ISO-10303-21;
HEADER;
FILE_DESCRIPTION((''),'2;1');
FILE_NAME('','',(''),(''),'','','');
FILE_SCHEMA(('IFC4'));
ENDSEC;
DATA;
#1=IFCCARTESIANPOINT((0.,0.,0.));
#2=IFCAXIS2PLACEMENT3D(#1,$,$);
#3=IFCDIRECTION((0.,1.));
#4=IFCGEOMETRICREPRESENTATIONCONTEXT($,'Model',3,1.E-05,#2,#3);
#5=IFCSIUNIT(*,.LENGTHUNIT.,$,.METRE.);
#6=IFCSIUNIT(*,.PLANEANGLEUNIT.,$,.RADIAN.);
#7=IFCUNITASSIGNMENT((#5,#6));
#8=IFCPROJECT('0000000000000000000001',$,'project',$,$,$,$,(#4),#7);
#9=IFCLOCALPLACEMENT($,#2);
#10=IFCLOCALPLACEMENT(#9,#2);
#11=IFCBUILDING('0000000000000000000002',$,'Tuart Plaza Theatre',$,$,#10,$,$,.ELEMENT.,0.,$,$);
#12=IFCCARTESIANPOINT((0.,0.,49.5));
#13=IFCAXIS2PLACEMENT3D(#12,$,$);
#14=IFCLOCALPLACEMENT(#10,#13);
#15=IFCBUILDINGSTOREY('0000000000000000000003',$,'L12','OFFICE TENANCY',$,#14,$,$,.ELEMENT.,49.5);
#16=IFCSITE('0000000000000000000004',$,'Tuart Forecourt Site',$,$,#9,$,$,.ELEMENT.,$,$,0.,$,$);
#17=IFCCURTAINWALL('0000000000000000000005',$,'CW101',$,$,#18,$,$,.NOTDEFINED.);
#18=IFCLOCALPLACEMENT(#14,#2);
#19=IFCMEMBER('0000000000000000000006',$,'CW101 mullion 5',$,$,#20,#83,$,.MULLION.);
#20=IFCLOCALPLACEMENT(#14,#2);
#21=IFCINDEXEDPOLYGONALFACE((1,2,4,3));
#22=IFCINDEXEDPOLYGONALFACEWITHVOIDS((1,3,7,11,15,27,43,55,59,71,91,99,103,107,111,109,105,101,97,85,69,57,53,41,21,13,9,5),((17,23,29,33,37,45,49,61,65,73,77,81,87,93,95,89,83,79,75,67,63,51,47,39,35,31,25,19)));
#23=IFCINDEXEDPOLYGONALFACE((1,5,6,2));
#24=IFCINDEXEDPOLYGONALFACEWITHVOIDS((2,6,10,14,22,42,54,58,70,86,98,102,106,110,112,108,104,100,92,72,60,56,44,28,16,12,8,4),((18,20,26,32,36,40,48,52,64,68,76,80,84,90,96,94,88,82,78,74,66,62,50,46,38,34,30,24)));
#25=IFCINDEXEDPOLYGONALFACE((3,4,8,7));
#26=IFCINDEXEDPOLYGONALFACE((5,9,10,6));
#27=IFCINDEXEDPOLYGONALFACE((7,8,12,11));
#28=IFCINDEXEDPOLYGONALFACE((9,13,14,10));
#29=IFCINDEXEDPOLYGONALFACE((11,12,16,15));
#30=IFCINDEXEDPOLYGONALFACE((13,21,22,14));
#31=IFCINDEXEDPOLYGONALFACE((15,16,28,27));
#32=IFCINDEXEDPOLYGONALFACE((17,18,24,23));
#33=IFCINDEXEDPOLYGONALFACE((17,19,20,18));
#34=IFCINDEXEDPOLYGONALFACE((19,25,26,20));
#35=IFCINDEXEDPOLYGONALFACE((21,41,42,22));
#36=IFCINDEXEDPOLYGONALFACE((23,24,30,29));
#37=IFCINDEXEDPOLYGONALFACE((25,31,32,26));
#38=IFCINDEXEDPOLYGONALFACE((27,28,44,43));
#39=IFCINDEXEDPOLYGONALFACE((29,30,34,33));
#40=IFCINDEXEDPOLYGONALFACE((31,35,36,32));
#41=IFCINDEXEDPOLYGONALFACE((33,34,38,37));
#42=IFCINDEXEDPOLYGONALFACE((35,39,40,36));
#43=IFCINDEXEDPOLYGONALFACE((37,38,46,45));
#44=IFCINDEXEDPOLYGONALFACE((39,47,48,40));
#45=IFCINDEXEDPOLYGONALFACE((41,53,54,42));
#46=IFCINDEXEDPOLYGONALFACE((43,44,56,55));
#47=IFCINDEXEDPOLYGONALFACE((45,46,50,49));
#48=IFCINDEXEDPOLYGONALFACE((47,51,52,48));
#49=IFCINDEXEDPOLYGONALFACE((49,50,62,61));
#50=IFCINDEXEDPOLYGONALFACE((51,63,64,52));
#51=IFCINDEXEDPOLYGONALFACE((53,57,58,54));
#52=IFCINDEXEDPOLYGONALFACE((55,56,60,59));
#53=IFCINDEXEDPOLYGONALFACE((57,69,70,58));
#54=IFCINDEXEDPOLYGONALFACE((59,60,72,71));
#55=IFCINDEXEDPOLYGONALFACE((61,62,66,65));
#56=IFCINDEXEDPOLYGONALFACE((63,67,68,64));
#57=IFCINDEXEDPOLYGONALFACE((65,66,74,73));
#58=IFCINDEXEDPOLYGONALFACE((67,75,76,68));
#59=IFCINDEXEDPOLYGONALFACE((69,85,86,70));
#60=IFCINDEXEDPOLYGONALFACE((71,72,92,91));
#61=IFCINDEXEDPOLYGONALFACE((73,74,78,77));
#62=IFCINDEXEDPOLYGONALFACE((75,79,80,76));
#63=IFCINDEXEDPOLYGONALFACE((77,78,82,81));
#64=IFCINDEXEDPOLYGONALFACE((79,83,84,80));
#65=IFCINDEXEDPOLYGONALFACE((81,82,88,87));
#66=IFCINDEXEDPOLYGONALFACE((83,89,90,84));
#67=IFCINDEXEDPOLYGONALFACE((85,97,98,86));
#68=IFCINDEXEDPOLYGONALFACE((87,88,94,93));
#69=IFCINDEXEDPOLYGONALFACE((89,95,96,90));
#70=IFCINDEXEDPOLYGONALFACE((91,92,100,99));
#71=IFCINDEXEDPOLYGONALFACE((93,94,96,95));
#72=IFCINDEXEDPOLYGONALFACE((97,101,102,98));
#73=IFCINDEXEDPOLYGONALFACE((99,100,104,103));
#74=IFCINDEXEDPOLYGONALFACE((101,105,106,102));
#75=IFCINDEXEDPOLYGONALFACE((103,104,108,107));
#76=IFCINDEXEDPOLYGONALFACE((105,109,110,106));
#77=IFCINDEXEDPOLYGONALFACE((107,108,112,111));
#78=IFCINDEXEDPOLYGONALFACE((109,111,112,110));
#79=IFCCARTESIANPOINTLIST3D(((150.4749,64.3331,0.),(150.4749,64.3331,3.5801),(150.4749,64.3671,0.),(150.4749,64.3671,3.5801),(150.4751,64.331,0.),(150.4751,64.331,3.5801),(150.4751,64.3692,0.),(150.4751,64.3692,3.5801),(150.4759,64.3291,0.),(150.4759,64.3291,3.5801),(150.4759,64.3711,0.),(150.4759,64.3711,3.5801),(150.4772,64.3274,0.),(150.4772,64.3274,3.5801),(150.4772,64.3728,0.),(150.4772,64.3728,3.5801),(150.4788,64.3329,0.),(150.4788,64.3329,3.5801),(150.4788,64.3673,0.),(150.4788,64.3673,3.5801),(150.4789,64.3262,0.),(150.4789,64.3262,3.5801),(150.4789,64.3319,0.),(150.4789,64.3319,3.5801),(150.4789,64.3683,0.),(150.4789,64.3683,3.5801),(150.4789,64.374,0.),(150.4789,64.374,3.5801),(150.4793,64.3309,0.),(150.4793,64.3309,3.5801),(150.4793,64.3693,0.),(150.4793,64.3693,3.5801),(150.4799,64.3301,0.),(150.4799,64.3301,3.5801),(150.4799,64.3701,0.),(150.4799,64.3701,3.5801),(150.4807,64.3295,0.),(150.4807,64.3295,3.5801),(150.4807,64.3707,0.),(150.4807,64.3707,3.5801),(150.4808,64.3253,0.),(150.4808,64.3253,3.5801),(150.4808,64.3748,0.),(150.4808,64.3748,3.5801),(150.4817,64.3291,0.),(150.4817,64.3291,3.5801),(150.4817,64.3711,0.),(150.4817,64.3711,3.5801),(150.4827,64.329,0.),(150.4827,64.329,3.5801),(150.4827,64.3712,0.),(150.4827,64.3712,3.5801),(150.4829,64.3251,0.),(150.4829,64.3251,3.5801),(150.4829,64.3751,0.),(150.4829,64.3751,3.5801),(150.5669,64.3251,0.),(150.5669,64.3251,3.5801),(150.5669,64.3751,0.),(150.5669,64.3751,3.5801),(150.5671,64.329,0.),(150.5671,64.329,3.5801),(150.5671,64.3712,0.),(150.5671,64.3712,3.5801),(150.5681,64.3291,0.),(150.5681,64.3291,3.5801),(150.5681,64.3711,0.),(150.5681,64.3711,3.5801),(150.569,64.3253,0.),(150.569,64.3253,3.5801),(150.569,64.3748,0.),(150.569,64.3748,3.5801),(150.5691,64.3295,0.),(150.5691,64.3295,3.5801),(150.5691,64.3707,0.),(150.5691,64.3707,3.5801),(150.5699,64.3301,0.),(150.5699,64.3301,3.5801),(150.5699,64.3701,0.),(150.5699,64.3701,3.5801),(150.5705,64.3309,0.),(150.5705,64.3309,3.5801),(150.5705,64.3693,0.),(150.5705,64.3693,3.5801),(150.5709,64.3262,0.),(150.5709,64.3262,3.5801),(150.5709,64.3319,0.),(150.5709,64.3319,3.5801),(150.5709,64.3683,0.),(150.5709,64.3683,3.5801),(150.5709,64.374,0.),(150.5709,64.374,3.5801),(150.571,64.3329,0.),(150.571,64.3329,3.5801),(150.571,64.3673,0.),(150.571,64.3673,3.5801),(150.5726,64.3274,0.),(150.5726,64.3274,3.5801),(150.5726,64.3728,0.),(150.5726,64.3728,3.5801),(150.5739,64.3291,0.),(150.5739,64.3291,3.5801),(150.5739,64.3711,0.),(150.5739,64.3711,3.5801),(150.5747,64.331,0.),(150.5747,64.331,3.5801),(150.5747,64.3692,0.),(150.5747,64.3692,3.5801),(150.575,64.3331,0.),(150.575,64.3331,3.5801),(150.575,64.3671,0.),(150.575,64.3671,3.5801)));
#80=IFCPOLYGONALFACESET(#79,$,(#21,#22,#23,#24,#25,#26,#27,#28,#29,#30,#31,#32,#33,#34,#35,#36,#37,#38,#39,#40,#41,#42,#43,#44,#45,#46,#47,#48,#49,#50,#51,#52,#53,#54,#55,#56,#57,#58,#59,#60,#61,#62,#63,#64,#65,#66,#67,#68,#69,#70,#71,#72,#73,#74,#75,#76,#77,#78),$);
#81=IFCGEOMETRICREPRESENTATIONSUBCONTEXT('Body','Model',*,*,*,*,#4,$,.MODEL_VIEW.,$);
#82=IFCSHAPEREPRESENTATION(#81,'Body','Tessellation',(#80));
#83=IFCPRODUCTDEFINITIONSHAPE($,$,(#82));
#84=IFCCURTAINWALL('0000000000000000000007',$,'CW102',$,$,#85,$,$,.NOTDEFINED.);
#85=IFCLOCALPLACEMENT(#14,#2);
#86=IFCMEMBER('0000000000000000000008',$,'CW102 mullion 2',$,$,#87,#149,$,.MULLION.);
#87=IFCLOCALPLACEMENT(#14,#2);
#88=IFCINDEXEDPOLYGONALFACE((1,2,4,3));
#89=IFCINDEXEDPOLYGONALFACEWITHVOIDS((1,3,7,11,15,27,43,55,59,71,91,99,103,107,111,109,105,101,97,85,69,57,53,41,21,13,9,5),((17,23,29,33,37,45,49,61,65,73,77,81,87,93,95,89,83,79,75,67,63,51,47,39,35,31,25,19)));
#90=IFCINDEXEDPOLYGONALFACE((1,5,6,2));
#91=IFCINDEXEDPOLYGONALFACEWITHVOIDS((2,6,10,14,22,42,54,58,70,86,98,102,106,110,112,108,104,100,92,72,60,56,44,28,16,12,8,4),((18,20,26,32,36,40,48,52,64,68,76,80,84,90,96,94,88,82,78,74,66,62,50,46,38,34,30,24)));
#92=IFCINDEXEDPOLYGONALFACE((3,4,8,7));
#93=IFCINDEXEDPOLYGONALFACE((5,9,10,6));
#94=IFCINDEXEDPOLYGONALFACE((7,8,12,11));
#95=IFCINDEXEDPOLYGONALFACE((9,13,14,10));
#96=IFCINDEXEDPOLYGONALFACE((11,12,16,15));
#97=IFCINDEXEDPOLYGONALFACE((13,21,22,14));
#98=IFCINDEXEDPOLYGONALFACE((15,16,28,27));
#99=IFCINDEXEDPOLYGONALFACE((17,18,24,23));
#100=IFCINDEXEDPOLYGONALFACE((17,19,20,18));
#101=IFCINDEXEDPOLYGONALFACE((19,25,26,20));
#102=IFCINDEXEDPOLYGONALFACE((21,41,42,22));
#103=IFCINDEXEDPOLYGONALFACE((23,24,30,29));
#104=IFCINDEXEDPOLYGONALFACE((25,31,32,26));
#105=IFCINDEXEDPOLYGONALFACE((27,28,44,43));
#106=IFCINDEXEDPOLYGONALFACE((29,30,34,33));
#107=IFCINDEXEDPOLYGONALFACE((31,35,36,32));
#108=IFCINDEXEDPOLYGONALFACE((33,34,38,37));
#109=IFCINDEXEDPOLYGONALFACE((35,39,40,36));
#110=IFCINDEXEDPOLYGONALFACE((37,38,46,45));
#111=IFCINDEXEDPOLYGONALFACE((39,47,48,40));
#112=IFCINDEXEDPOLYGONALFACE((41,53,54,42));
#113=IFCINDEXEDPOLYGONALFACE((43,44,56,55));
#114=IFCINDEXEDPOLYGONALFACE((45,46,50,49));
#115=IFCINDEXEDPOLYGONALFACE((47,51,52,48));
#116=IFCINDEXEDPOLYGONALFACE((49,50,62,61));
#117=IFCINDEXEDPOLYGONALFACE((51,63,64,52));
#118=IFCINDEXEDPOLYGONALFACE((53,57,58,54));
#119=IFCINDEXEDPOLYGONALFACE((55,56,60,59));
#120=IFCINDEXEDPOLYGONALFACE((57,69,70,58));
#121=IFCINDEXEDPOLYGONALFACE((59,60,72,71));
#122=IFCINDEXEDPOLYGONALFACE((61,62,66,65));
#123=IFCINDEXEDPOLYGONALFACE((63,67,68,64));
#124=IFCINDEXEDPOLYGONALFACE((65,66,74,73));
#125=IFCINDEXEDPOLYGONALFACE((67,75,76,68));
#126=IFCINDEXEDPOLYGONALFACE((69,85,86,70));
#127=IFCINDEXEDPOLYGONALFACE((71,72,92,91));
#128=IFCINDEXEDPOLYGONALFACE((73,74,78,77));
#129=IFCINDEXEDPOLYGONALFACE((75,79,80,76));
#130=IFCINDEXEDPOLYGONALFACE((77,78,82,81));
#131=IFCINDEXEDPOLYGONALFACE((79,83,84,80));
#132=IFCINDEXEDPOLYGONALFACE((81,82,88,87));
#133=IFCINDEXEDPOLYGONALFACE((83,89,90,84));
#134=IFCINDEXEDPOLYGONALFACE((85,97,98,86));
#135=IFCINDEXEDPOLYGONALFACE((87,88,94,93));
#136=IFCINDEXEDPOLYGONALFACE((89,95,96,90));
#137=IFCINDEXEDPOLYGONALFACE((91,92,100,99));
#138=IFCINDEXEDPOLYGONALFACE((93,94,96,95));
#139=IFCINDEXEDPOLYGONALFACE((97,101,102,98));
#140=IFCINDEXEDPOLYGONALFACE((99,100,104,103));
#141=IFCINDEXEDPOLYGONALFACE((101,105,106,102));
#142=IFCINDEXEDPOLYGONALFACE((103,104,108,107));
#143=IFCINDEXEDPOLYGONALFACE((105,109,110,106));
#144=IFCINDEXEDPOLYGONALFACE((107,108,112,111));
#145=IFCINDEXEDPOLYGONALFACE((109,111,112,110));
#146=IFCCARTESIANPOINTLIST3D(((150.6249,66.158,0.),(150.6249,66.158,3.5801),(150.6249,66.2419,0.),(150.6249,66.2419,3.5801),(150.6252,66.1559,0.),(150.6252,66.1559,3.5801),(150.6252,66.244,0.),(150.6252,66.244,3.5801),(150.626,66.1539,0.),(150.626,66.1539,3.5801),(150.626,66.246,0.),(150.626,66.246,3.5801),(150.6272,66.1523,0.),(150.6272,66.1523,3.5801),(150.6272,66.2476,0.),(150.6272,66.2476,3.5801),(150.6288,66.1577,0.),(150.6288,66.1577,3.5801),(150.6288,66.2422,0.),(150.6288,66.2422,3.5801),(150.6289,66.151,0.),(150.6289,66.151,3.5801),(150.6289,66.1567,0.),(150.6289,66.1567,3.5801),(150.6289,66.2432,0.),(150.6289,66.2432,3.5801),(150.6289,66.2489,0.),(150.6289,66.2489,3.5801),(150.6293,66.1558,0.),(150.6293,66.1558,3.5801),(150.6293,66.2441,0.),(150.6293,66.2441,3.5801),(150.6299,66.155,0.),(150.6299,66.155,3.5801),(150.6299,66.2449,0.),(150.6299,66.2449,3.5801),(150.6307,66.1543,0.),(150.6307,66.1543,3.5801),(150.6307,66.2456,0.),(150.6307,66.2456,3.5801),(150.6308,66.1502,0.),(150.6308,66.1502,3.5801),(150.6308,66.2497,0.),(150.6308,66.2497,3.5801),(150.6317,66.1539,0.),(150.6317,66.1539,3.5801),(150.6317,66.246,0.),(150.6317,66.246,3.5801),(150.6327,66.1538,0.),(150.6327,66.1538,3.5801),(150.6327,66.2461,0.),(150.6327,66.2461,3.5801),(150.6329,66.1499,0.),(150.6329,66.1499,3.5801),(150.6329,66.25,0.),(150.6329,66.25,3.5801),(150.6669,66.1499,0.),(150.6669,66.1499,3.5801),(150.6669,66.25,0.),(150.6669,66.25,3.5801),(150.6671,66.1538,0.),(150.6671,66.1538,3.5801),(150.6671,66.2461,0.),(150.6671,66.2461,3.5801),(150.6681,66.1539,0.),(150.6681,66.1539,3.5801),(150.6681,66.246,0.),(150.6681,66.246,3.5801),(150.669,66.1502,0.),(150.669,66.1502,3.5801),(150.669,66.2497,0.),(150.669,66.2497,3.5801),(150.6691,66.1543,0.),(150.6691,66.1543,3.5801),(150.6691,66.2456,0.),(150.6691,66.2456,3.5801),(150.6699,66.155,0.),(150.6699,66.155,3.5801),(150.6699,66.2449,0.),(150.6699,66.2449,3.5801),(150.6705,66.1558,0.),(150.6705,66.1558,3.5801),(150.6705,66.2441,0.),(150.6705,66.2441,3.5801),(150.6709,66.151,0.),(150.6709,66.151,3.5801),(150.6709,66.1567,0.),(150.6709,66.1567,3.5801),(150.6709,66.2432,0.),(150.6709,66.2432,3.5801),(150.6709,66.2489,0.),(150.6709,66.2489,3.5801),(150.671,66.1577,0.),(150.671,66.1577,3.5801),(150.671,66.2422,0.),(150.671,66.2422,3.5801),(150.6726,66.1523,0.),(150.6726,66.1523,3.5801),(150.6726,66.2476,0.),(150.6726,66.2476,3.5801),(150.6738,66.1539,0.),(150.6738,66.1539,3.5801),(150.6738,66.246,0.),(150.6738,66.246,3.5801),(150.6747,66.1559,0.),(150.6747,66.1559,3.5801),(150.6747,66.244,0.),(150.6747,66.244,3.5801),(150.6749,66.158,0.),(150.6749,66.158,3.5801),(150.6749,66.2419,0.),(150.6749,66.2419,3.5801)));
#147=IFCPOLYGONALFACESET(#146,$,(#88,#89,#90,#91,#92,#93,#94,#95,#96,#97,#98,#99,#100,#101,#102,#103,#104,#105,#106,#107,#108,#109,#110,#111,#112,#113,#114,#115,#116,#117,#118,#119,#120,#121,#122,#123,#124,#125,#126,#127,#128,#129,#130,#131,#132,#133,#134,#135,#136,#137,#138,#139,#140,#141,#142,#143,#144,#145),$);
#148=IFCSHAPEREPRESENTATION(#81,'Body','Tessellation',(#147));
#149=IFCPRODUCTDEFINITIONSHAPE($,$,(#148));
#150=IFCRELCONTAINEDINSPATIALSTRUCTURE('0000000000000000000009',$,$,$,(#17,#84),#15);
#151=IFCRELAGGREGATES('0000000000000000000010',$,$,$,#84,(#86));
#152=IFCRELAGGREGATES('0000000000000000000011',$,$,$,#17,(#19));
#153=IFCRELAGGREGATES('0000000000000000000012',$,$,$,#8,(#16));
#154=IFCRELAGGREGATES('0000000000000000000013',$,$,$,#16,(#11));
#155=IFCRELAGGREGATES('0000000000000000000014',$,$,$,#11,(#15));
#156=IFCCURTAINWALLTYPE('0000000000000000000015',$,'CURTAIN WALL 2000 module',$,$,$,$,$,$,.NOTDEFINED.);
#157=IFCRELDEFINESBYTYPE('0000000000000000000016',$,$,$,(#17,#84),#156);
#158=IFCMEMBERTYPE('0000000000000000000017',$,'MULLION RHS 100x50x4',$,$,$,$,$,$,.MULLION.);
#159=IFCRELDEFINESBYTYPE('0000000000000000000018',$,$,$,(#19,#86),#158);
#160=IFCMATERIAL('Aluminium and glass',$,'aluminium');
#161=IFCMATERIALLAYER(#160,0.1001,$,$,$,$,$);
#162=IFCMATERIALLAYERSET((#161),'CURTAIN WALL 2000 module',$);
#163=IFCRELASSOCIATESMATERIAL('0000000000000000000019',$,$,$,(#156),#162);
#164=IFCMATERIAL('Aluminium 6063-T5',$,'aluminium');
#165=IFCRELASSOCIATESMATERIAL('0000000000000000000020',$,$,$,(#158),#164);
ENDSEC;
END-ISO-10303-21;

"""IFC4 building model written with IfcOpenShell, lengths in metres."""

from ifc_helpers import new_model, si_unit, direction, frame, origin, origin_2d, place, context, subcontext, project, spatial, hollow_rectangle, extrude, material, layer, layer_set, material_profile, profile_set, type_object, element, aggregate, save


model = new_model("IFC4")

# Units and contexts
model_context = context("Model", 3, precision=1e-05, world=origin(), true_north=direction((0.0, 1.0)))
body_context = subcontext(model_context, "Body", "Model", "MODEL_VIEW")
ifc_project = project(units=[si_unit("LENGTHUNIT", "METRE"), si_unit("PLANEANGLEUNIT", "RADIAN")], contexts=[model_context])

# Site, building, storey
site_placement = place(None, origin())
site = spatial("IfcSite", under=ifc_project, at=site_placement, Name="Tuart Forecourt Site", CompositionType="ELEMENT", RefElevation=0.0)
building_placement = place(site_placement, origin())
building = spatial("IfcBuilding", under=site, at=building_placement, Name="Tuart Plaza Theatre", CompositionType="ELEMENT", ElevationOfRefHeight=0.0)
storey_placement = place(building_placement, frame((0.0, 0.0, 49.5)))
storey = spatial("IfcBuildingStorey", under=building, at=storey_placement, Name="L12", Description="OFFICE TENANCY", CompositionType="ELEMENT", Elevation=49.5)

# Shared definitions
ifc_material_1 = material(Name="Aluminium and glass", Category="aluminium")
ifc_layer_1 = layer(ifc_material_1, 0.1001)
ifc_layer_set_1 = layer_set([ifc_layer_1], Name="CURTAIN WALL 2000 module")
curtain_wall_type = type_object("IfcCurtainWallType", Name="CURTAIN WALL 2000 module", PredefinedType="NOTDEFINED", material=ifc_layer_set_1)
ifc_material_2 = material(Name="Aluminium 6063-T5", Category="aluminium")
ifc_material_profile_1 = material_profile(ifc_material_2, hollow_rectangle(XDim=0.05, YDim=0.1001, WallThickness=0.0039, InnerFilletRadius=0.0039, OuterFilletRadius=0.0081, at=origin_2d()), Name="RHS 100x50x4")
ifc_profile_set_1 = profile_set([ifc_material_profile_1], Name="Aluminium 6063-T5")
member_type_1 = type_object("IfcMemberType", Name="MULLION RHS 100x50x4", PredefinedType="MULLION", material=ifc_profile_set_1)

# Curtain wall, member
curtain_wall_1_placement = place(storey_placement, origin())
curtain_wall_1 = element("IfcCurtainWall", 1, at=curtain_wall_1_placement, inside=storey, type_object=curtain_wall_type, Name="CW101", PredefinedType="NOTDEFINED")
member_1_placement = place(storey_placement, frame((150.5249, 64.3501, 0.0), z_axis=(0.0, 0.0, 1.0), x_axis=(0.0, 1.0, 0.0)))
member_1 = element("IfcMember", 2, at=member_1_placement, type_object=member_type_1, Name="CW101 mullion 5", PredefinedType="MULLION", context=body_context, shape_type="SweptSolid", body=[
    extrude(hollow_rectangle(XDim=0.05, YDim=0.1001, WallThickness=0.0039, InnerFilletRadius=0.0039, OuterFilletRadius=0.0081, at=origin_2d()), origin(), (0.0, 0.0, 1.0), 3.5801),
])

# Curtain wall, member
curtain_wall_2_placement = place(storey_placement, origin())
curtain_wall_2 = element("IfcCurtainWall", 3, at=curtain_wall_2_placement, inside=storey, type_object=curtain_wall_type, Name="CW102", PredefinedType="NOTDEFINED")
member_2_placement = place(storey_placement, frame((150.6499, 66.2, 0.0), z_axis=(0.0, 0.0, 1.0), x_axis=(-1.0, 0.0, 0.0)))
member_2 = element("IfcMember", 4, at=member_2_placement, type_object=member_type_1, Name="CW102 mullion 2", PredefinedType="MULLION", context=body_context, shape_type="SweptSolid", body=[
    extrude(hollow_rectangle(XDim=0.05, YDim=0.1001, WallThickness=0.0039, InnerFilletRadius=0.0039, OuterFilletRadius=0.0081, at=origin_2d()), origin(), (0.0, 0.0, 1.0), 3.5801),
])

aggregate(curtain_wall_2, [member_2])
aggregate(curtain_wall_1, [member_1])

save(model, "model.ifc")
